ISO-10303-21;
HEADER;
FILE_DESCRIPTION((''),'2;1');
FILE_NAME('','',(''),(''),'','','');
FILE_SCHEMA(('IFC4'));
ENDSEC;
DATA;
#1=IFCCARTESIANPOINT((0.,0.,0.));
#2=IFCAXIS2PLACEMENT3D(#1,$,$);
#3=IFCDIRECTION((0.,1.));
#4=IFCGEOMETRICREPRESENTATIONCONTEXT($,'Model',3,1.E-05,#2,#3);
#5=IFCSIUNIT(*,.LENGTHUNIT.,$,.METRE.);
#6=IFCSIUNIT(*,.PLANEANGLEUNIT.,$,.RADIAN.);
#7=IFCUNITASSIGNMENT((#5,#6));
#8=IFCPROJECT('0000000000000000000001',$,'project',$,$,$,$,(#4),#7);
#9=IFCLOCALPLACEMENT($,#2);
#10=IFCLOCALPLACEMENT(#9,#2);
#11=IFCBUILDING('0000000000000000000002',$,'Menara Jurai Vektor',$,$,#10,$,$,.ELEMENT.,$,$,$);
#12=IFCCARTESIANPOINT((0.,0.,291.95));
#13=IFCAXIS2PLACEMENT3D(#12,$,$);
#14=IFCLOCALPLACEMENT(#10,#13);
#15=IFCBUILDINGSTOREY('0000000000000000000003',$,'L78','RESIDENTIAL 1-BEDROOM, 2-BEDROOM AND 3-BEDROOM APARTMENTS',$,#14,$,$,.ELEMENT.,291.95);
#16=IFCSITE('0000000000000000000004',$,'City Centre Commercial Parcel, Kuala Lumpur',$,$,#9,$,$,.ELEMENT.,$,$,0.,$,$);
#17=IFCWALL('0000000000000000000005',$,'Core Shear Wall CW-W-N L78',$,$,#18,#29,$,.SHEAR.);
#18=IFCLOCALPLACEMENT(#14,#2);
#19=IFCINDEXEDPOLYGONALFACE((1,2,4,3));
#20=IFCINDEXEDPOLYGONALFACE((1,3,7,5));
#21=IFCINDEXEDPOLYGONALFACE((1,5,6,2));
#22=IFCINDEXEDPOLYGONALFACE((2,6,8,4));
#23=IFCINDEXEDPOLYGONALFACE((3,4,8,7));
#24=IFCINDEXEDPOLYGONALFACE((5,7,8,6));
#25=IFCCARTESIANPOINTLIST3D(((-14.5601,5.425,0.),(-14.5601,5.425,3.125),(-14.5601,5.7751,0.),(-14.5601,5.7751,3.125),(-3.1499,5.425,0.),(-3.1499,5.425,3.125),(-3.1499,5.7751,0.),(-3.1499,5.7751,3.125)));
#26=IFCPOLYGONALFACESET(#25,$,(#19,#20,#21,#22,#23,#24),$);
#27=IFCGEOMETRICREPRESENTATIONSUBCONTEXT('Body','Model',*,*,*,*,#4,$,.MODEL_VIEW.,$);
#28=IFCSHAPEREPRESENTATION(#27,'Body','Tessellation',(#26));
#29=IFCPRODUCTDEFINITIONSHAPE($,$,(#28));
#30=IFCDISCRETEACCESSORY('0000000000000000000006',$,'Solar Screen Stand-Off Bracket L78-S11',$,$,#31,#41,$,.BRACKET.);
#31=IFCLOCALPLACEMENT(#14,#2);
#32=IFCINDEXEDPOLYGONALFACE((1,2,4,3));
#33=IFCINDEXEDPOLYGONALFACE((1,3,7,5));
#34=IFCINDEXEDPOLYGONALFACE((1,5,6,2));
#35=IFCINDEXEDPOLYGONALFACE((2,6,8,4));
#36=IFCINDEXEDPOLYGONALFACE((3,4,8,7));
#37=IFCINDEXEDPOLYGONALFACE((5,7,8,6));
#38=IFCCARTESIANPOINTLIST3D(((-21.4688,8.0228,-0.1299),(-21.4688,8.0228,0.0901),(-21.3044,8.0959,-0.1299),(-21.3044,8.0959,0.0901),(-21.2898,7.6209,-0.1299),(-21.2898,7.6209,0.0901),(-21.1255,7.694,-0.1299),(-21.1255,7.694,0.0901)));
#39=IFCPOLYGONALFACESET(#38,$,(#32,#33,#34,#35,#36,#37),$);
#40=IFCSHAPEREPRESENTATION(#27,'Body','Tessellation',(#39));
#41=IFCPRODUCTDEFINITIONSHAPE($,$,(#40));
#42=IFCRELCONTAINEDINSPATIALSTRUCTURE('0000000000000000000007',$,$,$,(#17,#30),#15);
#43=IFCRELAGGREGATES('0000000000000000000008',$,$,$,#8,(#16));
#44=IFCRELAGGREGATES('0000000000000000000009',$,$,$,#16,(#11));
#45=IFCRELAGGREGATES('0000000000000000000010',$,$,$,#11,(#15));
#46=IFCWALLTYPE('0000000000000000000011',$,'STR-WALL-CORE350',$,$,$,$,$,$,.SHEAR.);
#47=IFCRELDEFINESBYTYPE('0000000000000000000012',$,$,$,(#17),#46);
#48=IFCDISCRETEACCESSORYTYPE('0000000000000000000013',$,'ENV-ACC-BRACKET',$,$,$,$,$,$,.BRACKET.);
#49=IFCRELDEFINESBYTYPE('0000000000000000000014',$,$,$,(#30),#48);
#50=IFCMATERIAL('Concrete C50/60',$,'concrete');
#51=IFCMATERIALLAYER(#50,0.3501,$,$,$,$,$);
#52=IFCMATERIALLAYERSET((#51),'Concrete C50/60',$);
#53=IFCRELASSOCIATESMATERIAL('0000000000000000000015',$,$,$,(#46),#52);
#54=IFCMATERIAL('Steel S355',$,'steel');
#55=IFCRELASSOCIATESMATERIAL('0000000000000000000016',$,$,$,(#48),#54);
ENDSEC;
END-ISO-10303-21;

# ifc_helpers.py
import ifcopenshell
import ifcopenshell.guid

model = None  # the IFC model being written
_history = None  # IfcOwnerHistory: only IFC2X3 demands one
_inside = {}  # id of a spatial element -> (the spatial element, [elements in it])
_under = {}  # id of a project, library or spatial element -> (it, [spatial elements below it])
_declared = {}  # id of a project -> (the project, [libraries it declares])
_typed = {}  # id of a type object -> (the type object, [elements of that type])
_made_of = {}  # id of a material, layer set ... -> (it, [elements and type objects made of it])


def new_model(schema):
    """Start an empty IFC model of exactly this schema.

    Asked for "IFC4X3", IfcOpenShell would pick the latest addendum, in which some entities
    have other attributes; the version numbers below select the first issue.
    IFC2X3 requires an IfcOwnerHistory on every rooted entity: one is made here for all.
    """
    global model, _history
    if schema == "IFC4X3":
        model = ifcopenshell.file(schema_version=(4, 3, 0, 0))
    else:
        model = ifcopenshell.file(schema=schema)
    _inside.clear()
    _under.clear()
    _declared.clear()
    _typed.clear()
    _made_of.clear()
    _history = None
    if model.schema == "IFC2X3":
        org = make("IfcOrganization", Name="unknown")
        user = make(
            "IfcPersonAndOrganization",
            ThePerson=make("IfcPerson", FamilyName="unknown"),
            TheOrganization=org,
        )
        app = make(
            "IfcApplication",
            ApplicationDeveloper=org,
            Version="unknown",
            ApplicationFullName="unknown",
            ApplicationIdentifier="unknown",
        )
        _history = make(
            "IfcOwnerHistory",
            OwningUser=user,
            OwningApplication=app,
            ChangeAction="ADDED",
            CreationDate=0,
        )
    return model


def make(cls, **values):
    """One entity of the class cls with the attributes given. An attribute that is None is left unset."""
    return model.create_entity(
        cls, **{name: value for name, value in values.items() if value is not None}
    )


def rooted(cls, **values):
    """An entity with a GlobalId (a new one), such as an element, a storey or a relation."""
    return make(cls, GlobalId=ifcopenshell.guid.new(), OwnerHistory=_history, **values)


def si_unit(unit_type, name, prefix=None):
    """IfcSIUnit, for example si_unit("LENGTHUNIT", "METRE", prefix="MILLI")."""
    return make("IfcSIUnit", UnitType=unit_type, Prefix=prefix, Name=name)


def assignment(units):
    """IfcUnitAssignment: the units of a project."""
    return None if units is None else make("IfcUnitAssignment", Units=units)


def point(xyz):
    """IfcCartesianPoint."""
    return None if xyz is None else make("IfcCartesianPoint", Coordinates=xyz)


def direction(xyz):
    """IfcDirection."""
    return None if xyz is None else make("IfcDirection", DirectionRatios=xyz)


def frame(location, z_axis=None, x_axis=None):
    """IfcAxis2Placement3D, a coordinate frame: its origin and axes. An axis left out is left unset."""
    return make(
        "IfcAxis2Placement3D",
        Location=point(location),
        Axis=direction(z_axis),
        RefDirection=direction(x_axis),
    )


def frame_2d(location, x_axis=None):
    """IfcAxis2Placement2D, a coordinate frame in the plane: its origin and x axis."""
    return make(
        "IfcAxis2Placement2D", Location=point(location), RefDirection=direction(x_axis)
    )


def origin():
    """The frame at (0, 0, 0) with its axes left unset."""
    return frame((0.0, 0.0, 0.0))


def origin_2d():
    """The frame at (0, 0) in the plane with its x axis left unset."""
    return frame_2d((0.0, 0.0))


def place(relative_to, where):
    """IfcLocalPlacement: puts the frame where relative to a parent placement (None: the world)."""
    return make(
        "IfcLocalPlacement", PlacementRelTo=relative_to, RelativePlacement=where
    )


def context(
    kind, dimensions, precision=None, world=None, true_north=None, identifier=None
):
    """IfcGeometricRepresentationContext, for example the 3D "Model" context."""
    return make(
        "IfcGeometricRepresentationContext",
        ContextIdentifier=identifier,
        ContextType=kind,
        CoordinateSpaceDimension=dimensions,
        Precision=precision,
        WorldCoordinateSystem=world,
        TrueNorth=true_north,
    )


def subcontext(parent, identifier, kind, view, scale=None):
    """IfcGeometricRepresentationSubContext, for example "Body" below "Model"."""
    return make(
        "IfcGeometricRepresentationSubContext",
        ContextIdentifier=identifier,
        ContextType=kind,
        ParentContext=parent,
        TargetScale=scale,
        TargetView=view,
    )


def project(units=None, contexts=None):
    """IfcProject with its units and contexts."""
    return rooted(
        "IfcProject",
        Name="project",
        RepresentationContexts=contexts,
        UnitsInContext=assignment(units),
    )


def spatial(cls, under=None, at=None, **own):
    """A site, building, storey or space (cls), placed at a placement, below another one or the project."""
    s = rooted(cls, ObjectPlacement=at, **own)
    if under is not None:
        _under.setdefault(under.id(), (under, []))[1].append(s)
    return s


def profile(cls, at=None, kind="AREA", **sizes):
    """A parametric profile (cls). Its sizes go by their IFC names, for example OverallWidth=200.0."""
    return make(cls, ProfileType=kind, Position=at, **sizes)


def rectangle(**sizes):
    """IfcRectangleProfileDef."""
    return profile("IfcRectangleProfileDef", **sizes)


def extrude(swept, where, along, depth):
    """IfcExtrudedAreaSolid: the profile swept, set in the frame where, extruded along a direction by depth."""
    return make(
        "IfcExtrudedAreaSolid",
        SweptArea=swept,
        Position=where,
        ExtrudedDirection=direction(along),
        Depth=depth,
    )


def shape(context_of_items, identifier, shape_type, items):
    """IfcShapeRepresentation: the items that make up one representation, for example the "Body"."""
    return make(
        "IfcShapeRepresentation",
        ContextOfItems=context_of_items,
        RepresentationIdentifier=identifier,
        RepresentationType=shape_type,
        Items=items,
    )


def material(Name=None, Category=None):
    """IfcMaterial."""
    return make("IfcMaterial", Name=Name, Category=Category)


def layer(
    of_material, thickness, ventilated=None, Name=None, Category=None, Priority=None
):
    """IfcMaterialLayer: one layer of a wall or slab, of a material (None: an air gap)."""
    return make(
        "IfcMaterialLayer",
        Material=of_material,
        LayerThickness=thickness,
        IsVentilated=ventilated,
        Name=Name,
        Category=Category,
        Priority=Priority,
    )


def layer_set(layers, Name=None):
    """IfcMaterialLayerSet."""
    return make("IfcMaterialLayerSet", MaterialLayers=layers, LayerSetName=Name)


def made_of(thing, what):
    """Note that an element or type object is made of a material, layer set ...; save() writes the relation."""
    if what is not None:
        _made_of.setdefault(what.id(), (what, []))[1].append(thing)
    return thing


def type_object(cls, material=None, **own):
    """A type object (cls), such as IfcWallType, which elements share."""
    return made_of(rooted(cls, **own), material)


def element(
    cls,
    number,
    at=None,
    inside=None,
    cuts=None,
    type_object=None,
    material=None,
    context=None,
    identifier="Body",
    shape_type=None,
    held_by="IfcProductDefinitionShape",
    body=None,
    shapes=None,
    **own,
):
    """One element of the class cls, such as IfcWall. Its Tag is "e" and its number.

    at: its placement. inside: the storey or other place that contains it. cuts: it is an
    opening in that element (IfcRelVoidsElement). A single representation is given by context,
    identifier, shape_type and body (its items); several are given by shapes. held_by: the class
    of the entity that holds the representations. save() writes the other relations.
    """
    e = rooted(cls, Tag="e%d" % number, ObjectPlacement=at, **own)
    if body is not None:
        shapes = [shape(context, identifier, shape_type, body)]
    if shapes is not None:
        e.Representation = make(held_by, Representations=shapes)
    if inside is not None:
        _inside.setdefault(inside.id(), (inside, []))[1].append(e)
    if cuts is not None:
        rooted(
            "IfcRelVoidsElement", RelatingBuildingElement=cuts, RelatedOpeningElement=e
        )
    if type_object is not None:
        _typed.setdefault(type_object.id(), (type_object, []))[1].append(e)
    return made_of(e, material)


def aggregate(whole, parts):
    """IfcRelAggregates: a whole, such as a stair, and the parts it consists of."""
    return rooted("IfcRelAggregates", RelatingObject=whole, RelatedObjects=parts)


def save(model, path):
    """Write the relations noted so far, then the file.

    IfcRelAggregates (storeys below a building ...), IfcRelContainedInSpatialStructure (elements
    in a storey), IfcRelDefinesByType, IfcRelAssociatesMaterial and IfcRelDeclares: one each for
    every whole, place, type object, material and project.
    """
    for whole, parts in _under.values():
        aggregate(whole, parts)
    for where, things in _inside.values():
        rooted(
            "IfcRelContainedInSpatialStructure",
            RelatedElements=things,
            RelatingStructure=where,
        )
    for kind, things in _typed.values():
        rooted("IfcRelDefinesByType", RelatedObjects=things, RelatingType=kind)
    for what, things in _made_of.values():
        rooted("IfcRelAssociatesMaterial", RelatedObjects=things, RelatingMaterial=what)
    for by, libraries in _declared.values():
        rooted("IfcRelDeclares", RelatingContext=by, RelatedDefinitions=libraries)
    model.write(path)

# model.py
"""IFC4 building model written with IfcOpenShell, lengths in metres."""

from ifc_helpers import new_model, si_unit, direction, frame, frame_2d, origin, origin_2d, place, context, subcontext, project, spatial, rectangle, extrude, material, layer, layer_set, type_object, element, save


model = new_model("IFC4")

# Units and contexts
model_context = context("Model", 3, precision=1e-05, world=origin(), true_north=direction((0.0, 1.0)))
body_context = subcontext(model_context, "Body", "Model", "MODEL_VIEW")
ifc_project = project(units=[si_unit("LENGTHUNIT", "METRE"), si_unit("PLANEANGLEUNIT", "RADIAN")], contexts=[model_context])

# Site, building, storey
site_placement = place(None, origin())
site = spatial("IfcSite", under=ifc_project, at=site_placement, Name="City Centre Commercial Parcel, Kuala Lumpur", CompositionType="ELEMENT", RefElevation=0.0)
building_placement = place(site_placement, origin())
building = spatial("IfcBuilding", under=site, at=building_placement, Name="Menara Jurai Vektor", CompositionType="ELEMENT")
storey_placement = place(building_placement, frame((0.0, 0.0, 291.95)))
storey = spatial("IfcBuildingStorey", under=building, at=storey_placement, Name="L78", Description="RESIDENTIAL 1-BEDROOM, 2-BEDROOM AND 3-BEDROOM APARTMENTS", CompositionType="ELEMENT", Elevation=291.95)

# Shared definitions
ifc_material_1 = material(Name="Concrete C50/60", Category="concrete")

# Shared definitions
ifc_material_2 = material(Name="Steel S355", Category="steel")

# Wall
ifc_layer_1 = layer(ifc_material_1, 0.3501)
ifc_layer_set_1 = layer_set([ifc_layer_1], Name="Concrete C50/60")
wall_type_1 = type_object("IfcWallType", Name="STR-WALL-CORE350", PredefinedType="SHEAR", material=ifc_layer_set_1)
wall_1_placement = place(storey_placement, frame((-14.5601, 5.6001, 0.0), z_axis=(0.0, 0.0, 1.0), x_axis=(1.0, 0.0, 0.0)))
element("IfcWall", 1, at=wall_1_placement, inside=storey, type_object=wall_type_1, Name="Core Shear Wall CW-W-N L78", PredefinedType="SHEAR", context=body_context, shape_type="SweptSolid", body=[
    extrude(rectangle(XDim=11.4102, YDim=0.3501, at=frame_2d((5.7051, 0.0))), origin(), (0.0, 0.0, 1.0), 3.125),
])

# Discrete accessory
discrete_accessory_type = type_object("IfcDiscreteAccessoryType", Name="ENV-ACC-BRACKET", PredefinedType="BRACKET", material=ifc_material_2)
discrete_accessory_placement = place(storey_placement, frame((-21.2971, 7.8584, -0.1299), z_axis=(0.0, 0.0, 1.0), x_axis=(-0.913545, -0.406737, 0.0)))
element("IfcDiscreteAccessory", 2, at=discrete_accessory_placement, inside=storey, type_object=discrete_accessory_type, Name="Solar Screen Stand-Off Bracket L78-S11", PredefinedType="BRACKET", context=body_context, shape_type="SweptSolid", body=[
    extrude(rectangle(XDim=0.1799, YDim=0.4399, at=origin_2d()), origin(), (0.0, 0.0, 1.0), 0.22),
])

save(model, "model.ifc")
